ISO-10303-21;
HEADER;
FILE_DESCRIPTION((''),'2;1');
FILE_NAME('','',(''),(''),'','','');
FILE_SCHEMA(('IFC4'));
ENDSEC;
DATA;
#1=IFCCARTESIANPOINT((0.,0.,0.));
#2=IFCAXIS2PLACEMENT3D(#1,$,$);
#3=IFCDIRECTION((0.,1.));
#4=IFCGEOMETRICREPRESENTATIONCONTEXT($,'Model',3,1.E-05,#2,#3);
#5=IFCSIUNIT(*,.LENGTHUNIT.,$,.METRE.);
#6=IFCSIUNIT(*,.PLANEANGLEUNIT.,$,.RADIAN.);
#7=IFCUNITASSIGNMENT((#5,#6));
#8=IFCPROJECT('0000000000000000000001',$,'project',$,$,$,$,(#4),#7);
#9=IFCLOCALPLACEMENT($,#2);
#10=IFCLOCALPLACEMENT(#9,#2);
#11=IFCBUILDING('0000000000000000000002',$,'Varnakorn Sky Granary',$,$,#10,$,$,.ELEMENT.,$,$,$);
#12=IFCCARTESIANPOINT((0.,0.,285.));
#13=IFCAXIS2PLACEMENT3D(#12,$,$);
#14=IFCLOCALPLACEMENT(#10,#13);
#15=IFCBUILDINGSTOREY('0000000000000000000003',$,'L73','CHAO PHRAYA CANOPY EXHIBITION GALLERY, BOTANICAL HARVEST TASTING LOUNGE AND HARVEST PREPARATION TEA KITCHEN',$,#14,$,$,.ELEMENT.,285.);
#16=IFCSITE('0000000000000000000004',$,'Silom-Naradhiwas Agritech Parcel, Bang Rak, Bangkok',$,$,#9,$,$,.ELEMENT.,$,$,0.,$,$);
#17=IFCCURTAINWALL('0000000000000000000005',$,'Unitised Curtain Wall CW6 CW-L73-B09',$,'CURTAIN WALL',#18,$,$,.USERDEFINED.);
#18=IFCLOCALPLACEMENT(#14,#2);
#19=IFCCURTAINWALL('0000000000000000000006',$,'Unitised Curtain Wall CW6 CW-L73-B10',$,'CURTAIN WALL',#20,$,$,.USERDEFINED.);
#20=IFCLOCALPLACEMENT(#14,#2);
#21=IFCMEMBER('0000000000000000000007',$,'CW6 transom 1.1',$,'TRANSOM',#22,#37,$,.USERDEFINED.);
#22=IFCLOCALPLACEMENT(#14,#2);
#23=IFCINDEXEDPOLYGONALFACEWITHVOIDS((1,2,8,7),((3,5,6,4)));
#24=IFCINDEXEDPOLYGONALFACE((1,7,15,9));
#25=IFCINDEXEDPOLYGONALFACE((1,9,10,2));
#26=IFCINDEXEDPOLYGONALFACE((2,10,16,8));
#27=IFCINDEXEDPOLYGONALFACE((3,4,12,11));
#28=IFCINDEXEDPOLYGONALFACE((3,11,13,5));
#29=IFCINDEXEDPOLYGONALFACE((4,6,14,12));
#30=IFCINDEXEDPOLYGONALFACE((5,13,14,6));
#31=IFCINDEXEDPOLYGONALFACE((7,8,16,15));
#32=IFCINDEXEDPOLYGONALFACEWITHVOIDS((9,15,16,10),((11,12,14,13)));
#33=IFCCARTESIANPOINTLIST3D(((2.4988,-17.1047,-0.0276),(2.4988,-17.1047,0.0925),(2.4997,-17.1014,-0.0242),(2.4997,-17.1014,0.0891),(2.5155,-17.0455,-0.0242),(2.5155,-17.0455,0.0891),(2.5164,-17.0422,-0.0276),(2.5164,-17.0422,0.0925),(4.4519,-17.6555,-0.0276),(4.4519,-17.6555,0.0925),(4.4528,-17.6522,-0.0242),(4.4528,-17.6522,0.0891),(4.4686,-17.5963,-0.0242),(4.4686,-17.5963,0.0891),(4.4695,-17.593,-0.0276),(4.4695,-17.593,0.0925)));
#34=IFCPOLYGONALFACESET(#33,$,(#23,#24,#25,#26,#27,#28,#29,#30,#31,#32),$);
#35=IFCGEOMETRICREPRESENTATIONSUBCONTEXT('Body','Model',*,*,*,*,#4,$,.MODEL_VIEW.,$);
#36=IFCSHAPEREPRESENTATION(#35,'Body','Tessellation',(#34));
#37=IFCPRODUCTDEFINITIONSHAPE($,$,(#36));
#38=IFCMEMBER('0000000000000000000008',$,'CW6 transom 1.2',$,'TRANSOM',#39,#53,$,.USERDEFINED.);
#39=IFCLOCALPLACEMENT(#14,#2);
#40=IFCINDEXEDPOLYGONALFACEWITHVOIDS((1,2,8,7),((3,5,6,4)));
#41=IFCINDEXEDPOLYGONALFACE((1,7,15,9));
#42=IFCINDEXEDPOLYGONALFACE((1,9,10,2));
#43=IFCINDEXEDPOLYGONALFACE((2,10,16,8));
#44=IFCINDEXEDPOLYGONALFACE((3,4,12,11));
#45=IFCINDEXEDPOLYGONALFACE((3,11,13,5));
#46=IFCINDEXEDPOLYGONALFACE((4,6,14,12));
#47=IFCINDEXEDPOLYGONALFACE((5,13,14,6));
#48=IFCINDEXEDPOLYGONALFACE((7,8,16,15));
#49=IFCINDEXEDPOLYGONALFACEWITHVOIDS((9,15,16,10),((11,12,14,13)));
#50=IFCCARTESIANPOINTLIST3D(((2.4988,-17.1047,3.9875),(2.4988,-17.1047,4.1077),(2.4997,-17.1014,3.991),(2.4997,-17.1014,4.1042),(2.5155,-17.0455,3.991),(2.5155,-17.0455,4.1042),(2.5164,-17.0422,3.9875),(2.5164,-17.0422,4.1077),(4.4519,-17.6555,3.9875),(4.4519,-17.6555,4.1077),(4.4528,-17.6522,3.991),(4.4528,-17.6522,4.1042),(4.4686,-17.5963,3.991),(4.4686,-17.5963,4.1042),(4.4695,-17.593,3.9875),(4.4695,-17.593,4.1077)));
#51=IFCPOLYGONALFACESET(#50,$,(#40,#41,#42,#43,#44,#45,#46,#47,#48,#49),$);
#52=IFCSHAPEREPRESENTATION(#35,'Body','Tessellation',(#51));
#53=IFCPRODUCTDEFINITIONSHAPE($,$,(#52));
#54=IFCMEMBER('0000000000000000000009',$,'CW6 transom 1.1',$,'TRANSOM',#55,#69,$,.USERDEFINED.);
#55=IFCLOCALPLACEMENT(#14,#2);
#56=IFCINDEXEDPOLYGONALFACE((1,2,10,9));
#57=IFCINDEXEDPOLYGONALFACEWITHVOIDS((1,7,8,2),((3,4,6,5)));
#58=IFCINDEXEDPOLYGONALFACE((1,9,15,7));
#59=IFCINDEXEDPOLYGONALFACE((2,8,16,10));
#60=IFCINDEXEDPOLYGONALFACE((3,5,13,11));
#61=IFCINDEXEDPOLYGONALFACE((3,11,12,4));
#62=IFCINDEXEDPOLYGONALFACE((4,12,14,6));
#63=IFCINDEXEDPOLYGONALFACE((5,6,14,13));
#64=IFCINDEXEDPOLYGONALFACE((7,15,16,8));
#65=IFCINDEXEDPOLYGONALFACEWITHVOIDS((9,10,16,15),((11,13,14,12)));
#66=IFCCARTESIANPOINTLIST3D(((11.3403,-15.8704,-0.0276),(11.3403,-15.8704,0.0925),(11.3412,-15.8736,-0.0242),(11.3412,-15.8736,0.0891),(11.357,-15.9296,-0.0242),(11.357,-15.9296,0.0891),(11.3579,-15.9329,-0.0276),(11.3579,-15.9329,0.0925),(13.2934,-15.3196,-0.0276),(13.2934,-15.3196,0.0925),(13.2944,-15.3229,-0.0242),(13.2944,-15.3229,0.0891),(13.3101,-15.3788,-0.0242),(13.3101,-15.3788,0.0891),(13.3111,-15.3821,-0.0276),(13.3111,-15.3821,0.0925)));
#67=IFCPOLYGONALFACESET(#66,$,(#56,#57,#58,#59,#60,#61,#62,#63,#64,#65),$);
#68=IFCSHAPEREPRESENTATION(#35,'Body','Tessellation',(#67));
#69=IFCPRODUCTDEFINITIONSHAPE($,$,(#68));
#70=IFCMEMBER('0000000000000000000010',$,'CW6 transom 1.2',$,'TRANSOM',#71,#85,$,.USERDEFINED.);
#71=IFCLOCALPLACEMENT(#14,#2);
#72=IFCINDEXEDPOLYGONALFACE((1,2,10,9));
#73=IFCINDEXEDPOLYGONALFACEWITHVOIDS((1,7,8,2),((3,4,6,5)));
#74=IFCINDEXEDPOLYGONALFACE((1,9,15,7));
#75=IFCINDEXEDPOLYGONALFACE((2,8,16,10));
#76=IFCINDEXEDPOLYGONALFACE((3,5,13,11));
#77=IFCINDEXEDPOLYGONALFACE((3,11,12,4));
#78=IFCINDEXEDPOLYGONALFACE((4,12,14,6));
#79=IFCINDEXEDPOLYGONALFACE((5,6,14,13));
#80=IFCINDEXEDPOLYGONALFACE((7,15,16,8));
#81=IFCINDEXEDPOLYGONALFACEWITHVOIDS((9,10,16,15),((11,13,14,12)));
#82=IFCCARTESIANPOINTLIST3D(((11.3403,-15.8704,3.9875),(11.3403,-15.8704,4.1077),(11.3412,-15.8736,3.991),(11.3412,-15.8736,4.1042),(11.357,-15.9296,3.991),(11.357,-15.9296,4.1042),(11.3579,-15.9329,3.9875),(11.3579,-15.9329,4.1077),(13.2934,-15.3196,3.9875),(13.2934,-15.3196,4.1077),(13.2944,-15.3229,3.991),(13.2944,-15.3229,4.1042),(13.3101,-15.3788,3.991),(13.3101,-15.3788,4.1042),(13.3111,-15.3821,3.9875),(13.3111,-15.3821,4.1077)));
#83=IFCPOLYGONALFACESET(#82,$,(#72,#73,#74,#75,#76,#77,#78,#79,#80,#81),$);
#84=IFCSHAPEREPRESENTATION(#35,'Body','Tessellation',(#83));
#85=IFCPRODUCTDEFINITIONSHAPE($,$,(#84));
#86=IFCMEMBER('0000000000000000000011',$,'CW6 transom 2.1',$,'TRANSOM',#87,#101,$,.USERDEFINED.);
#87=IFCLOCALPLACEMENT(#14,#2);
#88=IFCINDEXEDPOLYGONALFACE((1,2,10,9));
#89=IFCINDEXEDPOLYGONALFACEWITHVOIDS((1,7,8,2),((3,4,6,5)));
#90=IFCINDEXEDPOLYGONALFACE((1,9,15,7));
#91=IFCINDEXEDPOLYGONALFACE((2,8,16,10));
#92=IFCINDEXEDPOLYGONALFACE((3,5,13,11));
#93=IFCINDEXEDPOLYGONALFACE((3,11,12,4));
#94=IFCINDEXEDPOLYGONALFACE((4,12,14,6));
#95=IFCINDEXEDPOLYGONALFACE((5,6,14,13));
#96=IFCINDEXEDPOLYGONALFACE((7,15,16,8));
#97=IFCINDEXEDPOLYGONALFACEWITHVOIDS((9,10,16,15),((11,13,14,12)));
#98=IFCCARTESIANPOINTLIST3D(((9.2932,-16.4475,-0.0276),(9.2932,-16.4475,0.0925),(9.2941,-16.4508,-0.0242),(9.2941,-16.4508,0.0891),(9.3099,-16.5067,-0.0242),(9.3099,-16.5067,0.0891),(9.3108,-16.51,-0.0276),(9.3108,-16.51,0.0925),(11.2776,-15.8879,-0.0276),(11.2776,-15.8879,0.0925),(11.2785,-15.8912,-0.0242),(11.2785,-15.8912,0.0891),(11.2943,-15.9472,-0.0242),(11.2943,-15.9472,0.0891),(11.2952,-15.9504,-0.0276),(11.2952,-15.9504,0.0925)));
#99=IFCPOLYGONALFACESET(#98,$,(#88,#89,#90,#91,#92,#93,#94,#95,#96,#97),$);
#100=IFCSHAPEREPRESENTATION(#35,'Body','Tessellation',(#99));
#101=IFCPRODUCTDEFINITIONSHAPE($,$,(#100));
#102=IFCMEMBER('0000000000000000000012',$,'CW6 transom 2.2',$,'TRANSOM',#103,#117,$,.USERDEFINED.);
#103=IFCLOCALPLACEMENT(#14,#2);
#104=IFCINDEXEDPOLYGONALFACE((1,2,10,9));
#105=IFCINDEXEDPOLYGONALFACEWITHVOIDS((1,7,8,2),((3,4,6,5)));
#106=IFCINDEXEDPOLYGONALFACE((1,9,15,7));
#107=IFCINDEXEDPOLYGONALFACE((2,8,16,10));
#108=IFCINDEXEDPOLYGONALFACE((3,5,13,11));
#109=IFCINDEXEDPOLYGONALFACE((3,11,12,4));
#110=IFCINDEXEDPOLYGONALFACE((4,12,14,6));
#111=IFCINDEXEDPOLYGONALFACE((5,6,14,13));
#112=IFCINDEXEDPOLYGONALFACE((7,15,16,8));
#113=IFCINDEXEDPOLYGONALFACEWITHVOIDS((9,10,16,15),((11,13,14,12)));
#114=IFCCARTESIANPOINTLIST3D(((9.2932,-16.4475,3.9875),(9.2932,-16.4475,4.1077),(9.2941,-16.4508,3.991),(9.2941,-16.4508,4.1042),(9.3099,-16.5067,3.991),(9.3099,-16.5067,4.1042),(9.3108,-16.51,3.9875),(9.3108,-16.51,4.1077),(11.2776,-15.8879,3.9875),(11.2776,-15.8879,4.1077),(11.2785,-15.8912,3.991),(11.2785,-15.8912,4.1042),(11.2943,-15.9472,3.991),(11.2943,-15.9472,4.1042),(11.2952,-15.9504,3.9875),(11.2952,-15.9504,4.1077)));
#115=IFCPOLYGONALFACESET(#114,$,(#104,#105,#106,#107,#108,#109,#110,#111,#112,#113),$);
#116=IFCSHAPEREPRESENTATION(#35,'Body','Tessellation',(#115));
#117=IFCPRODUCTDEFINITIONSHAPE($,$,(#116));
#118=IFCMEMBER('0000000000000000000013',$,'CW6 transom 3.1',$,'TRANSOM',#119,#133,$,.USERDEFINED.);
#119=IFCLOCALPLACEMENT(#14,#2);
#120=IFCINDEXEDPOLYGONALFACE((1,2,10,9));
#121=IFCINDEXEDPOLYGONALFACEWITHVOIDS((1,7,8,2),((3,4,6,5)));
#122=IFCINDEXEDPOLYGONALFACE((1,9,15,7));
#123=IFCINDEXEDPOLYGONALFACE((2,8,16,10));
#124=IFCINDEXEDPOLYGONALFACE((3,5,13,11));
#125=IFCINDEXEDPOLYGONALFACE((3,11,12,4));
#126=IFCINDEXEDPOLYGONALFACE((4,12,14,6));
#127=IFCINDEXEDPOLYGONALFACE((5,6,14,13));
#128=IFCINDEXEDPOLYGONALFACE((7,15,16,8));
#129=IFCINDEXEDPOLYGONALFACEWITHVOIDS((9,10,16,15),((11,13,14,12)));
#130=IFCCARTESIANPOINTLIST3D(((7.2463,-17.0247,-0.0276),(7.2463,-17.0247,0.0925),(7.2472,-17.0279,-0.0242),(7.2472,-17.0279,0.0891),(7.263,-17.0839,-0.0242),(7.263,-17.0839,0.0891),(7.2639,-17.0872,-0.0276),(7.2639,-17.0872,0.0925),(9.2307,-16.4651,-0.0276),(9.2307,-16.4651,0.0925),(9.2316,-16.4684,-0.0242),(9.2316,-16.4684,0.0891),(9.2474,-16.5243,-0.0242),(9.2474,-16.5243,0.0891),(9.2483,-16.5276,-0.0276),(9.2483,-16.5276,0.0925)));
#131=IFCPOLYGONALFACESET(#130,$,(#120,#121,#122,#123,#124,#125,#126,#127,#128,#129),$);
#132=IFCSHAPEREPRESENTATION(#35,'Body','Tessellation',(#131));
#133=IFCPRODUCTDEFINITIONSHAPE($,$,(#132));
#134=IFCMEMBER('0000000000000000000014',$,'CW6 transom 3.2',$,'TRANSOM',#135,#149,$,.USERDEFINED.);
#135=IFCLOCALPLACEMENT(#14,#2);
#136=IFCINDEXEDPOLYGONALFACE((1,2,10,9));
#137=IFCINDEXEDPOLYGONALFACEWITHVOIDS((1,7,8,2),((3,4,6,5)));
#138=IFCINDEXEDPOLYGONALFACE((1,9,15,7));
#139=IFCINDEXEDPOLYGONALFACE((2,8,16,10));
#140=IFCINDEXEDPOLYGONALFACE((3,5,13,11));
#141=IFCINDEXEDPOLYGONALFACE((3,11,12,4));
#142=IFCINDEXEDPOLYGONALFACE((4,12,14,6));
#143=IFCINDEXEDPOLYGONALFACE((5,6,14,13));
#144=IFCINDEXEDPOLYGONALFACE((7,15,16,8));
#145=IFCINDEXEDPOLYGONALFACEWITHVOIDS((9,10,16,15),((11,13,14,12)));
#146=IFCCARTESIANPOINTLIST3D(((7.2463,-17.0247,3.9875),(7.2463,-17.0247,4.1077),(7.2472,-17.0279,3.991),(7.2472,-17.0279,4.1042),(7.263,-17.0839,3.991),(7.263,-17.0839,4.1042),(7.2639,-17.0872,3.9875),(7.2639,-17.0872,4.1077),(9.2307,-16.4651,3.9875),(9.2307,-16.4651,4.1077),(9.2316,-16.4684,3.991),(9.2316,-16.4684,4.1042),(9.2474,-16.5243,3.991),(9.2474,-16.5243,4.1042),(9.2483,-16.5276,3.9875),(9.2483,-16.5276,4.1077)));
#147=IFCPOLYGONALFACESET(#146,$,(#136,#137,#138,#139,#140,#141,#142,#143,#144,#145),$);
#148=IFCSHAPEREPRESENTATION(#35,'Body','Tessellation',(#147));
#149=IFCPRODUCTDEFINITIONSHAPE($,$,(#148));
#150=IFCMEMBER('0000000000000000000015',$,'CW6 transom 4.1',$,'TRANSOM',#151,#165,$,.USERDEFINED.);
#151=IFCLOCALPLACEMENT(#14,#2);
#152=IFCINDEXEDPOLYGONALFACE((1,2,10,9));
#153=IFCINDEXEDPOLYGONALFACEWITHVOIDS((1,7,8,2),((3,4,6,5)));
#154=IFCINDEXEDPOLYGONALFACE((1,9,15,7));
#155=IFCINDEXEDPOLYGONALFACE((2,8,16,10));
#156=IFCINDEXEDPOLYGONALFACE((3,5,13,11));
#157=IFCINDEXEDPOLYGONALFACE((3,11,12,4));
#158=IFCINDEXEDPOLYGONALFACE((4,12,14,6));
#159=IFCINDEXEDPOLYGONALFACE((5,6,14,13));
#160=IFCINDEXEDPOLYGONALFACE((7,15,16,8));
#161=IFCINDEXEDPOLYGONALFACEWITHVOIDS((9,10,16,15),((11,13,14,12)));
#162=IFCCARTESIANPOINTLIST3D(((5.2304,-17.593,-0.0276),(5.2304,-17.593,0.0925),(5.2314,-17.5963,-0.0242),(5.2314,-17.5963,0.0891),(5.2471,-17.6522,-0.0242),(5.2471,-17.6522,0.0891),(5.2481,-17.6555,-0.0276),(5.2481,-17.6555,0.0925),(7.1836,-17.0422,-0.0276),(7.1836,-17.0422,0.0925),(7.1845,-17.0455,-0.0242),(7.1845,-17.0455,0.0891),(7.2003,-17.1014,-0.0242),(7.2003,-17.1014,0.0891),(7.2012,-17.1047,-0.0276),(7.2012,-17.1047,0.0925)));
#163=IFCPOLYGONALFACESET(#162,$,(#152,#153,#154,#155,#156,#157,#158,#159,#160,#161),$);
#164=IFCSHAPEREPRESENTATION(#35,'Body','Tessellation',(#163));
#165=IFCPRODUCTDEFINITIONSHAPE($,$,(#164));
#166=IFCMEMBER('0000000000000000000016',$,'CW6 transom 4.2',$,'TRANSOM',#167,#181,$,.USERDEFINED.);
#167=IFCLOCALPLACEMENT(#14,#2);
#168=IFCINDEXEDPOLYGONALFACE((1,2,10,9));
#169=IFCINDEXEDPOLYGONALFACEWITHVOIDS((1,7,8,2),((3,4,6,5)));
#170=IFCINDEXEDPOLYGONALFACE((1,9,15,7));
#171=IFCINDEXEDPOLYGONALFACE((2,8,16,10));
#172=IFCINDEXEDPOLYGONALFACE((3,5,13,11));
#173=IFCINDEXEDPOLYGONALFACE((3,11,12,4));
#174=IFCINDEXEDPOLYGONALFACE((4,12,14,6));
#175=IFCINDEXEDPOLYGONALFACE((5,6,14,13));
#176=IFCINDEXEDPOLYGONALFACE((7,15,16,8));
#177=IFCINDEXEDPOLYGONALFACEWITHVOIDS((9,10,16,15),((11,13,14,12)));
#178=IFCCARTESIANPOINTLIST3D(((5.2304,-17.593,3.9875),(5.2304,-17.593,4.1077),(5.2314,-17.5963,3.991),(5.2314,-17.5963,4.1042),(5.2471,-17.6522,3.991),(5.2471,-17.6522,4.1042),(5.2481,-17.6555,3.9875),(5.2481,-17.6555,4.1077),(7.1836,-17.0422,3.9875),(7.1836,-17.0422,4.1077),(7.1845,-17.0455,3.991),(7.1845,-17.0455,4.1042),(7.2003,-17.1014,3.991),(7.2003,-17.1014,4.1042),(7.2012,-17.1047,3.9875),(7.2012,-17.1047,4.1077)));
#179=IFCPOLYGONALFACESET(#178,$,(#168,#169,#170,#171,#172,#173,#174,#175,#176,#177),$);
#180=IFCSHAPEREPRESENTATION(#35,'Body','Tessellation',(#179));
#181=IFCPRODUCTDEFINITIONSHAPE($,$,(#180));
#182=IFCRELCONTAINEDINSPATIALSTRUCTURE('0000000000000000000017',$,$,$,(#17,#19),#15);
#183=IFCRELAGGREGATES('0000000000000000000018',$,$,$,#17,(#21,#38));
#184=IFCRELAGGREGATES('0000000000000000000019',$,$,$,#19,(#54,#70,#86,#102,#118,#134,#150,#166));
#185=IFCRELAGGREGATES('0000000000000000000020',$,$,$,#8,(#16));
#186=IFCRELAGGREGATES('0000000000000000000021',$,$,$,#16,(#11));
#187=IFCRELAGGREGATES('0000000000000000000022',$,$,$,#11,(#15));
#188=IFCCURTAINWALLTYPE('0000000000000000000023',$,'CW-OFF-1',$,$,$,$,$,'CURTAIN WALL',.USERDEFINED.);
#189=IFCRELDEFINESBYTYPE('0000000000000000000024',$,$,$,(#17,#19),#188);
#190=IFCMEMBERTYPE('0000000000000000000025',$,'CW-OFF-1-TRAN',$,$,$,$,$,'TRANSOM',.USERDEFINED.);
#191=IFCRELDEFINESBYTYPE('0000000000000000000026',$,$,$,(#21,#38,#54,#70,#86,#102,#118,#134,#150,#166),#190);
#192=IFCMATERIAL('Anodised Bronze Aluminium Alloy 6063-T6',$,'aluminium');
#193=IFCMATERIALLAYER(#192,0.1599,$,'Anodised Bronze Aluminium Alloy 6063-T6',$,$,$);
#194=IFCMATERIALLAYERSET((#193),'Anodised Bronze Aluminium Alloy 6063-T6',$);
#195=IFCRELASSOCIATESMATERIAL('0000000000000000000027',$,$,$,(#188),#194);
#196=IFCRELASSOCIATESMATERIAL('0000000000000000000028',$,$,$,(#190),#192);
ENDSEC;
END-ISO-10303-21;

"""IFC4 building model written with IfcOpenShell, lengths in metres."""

from ifc_helpers import new_model, si_unit, direction, frame, origin, origin_2d, place, context, subcontext, project, spatial, hollow_rectangle, extrude, material, layer, layer_set, material_profile, profile_set, type_object, element, aggregate, save


model = new_model("IFC4")

# Units and contexts
model_context = context("Model", 3, precision=1e-05, world=origin(), true_north=direction((0.0, 1.0)))
body_context = subcontext(model_context, "Body", "Model", "MODEL_VIEW")
ifc_project = project(units=[si_unit("LENGTHUNIT", "METRE"), si_unit("PLANEANGLEUNIT", "RADIAN")], contexts=[model_context])

# Site, building, storey
site_placement = place(None, origin())
site = spatial("IfcSite", under=ifc_project, at=site_placement, Name="Silom-Naradhiwas Agritech Parcel, Bang Rak, Bangkok", CompositionType="ELEMENT", RefElevation=0.0)
building_placement = place(site_placement, origin())
building = spatial("IfcBuilding", under=site, at=building_placement, Name="Varnakorn Sky Granary", CompositionType="ELEMENT")
storey_placement = place(building_placement, frame((0.0, 0.0, 285.0)))
storey = spatial("IfcBuildingStorey", under=building, at=storey_placement, Name="L73", Description="CHAO PHRAYA CANOPY EXHIBITION GALLERY, BOTANICAL HARVEST TASTING LOUNGE AND HARVEST PREPARATION TEA KITCHEN", CompositionType="ELEMENT", Elevation=285.0)

# Curtain wall
ifc_material_1 = material(Name="Anodised Bronze Aluminium Alloy 6063-T6", Category="aluminium")
ifc_layer_1 = layer(ifc_material_1, 0.1599, Name="Anodised Bronze Aluminium Alloy 6063-T6")
ifc_layer_set_1 = layer_set([ifc_layer_1], Name="Anodised Bronze Aluminium Alloy 6063-T6")
curtain_wall_type = type_object("IfcCurtainWallType", Name="CW-OFF-1", ElementType="CURTAIN WALL", PredefinedType="USERDEFINED", material=ifc_layer_set_1)
curtain_wall_1_placement = place(storey_placement, origin())
curtain_wall_1 = element("IfcCurtainWall", 1, at=curtain_wall_1_placement, inside=storey, type_object=curtain_wall_type, Name="Unitised Curtain Wall CW6 CW-L73-B09", ObjectType="CURTAIN WALL", PredefinedType="USERDEFINED")

# Curtain wall
curtain_wall_2_placement = place(storey_placement, origin())
curtain_wall_2 = element("IfcCurtainWall", 2, at=curtain_wall_2_placement, inside=storey, type_object=curtain_wall_type, Name="Unitised Curtain Wall CW6 CW-L73-B10", ObjectType="CURTAIN WALL", PredefinedType="USERDEFINED")

# Members
ifc_material_profile_1 = material_profile(ifc_material_1, hollow_rectangle(XDim=0.0649, YDim=0.1201, WallThickness=0.0034, at=origin_2d()), Name="ALU TRAN 65x120")
ifc_profile_set_1 = profile_set([ifc_material_profile_1], Name="Anodised Bronze Aluminium Alloy 6063-T6")
member_type_1 = type_object("IfcMemberType", Name="CW-OFF-1-TRAN", ElementType="TRANSOM", PredefinedType="USERDEFINED", material=ifc_profile_set_1)
member_1_placement = place(storey_placement, frame((4.4607, -17.6243, 0.0325), z_axis=(-0.962463, 0.271414, 0.0), x_axis=(-0.271414, -0.962463, 0.0)))
member_1 = element("IfcMember", 3, at=member_1_placement, type_object=member_type_1, Name="CW6 transom 1.1", ObjectType="TRANSOM", PredefinedType="USERDEFINED", context=body_context, shape_type="SweptSolid", body=[
    extrude(hollow_rectangle(XDim=0.0649, YDim=0.1201, WallThickness=0.0034, at=origin_2d()), origin(), (0.0, 0.0, 1.0), 2.0293),
])
member_2_placement = place(storey_placement, frame((4.4607, -17.6243, 4.0476), z_axis=(-0.962463, 0.271414, 0.0), x_axis=(-0.271414, -0.962463, 0.0)))
member_2 = element("IfcMember", 4, at=member_2_placement, type_object=member_type_1, Name="CW6 transom 1.2", ObjectType="TRANSOM", PredefinedType="USERDEFINED", context=body_context, shape_type="SweptSolid", body=[
    extrude(hollow_rectangle(XDim=0.0649, YDim=0.1201, WallThickness=0.0034, at=origin_2d()), origin(), (0.0, 0.0, 1.0), 2.0293),
])
member_3_placement = place(storey_placement, frame((13.3022, -15.3508, 0.0325), z_axis=(-0.962463, -0.271414, 0.0), x_axis=(0.271414, -0.962463, 0.0)))
member_3 = element("IfcMember", 5, at=member_3_placement, type_object=member_type_1, Name="CW6 transom 1.1", ObjectType="TRANSOM", PredefinedType="USERDEFINED", context=body_context, shape_type="SweptSolid", body=[
    extrude(hollow_rectangle(XDim=0.0649, YDim=0.1201, WallThickness=0.0034, at=origin_2d()), origin(), (0.0, 0.0, 1.0), 2.0293),
])
member_4_placement = place(storey_placement, frame((13.3022, -15.3508, 4.0476), z_axis=(-0.962463, -0.271414, 0.0), x_axis=(0.271414, -0.962463, 0.0)))
member_4 = element("IfcMember", 6, at=member_4_placement, type_object=member_type_1, Name="CW6 transom 1.2", ObjectType="TRANSOM", PredefinedType="USERDEFINED", context=body_context, shape_type="SweptSolid", body=[
    extrude(hollow_rectangle(XDim=0.0649, YDim=0.1201, WallThickness=0.0034, at=origin_2d()), origin(), (0.0, 0.0, 1.0), 2.0293),
])
member_5_placement = place(storey_placement, frame((11.2864, -15.9192, 0.0325), z_axis=(-0.962466, -0.271404, 0.0), x_axis=(0.271404, -0.962466, 0.0)))
member_5 = element("IfcMember", 7, at=member_5_placement, type_object=member_type_1, Name="CW6 transom 2.1", ObjectType="TRANSOM", PredefinedType="USERDEFINED", context=body_context, shape_type="SweptSolid", body=[
    extrude(hollow_rectangle(XDim=0.0649, YDim=0.1201, WallThickness=0.0034, at=origin_2d()), origin(), (0.0, 0.0, 1.0), 2.0618),
])
member_6_placement = place(storey_placement, frame((11.2864, -15.9192, 4.0476), z_axis=(-0.962466, -0.271404, 0.0), x_axis=(0.271404, -0.962466, 0.0)))
member_6 = element("IfcMember", 8, at=member_6_placement, type_object=member_type_1, Name="CW6 transom 2.2", ObjectType="TRANSOM", PredefinedType="USERDEFINED", context=body_context, shape_type="SweptSolid", body=[
    extrude(hollow_rectangle(XDim=0.0649, YDim=0.1201, WallThickness=0.0034, at=origin_2d()), origin(), (0.0, 0.0, 1.0), 2.0618),
])
member_7_placement = place(storey_placement, frame((9.2395, -16.4963, 0.0325), z_axis=(-0.962466, -0.271404, 0.0), x_axis=(0.271404, -0.962466, 0.0)))
member_7 = element("IfcMember", 9, at=member_7_placement, type_object=member_type_1, Name="CW6 transom 3.1", ObjectType="TRANSOM", PredefinedType="USERDEFINED", context=body_context, shape_type="SweptSolid", body=[
    extrude(hollow_rectangle(XDim=0.0649, YDim=0.1201, WallThickness=0.0034, at=origin_2d()), origin(), (0.0, 0.0, 1.0), 2.0618),
])
member_8_placement = place(storey_placement, frame((9.2395, -16.4963, 4.0476), z_axis=(-0.962466, -0.271404, 0.0), x_axis=(0.271404, -0.962466, 0.0)))
member_8 = element("IfcMember", 10, at=member_8_placement, type_object=member_type_1, Name="CW6 transom 3.2", ObjectType="TRANSOM", PredefinedType="USERDEFINED", context=body_context, shape_type="SweptSolid", body=[
    extrude(hollow_rectangle(XDim=0.0649, YDim=0.1201, WallThickness=0.0034, at=origin_2d()), origin(), (0.0, 0.0, 1.0), 2.0618),
])
member_9_placement = place(storey_placement, frame((7.1924, -17.0735, 0.0325), z_axis=(-0.962463, -0.271414, 0.0), x_axis=(0.271414, -0.962463, 0.0)))
member_9 = element("IfcMember", 11, at=member_9_placement, type_object=member_type_1, Name="CW6 transom 4.1", ObjectType="TRANSOM", PredefinedType="USERDEFINED", context=body_context, shape_type="SweptSolid", body=[
    extrude(hollow_rectangle(XDim=0.0649, YDim=0.1201, WallThickness=0.0034, at=origin_2d()), origin(), (0.0, 0.0, 1.0), 2.0293),
])
member_10_placement = place(storey_placement, frame((7.1924, -17.0735, 4.0476), z_axis=(-0.962463, -0.271414, 0.0), x_axis=(0.271414, -0.962463, 0.0)))
member_10 = element("IfcMember", 12, at=member_10_placement, type_object=member_type_1, Name="CW6 transom 4.2", ObjectType="TRANSOM", PredefinedType="USERDEFINED", context=body_context, shape_type="SweptSolid", body=[
    extrude(hollow_rectangle(XDim=0.0649, YDim=0.1201, WallThickness=0.0034, at=origin_2d()), origin(), (0.0, 0.0, 1.0), 2.0293),
])

aggregate(curtain_wall_1, [member_1, member_2])
aggregate(curtain_wall_2, [member_3, member_4, member_5, member_6, member_7, member_8, member_9, member_10])

save(model, "model.ifc")
